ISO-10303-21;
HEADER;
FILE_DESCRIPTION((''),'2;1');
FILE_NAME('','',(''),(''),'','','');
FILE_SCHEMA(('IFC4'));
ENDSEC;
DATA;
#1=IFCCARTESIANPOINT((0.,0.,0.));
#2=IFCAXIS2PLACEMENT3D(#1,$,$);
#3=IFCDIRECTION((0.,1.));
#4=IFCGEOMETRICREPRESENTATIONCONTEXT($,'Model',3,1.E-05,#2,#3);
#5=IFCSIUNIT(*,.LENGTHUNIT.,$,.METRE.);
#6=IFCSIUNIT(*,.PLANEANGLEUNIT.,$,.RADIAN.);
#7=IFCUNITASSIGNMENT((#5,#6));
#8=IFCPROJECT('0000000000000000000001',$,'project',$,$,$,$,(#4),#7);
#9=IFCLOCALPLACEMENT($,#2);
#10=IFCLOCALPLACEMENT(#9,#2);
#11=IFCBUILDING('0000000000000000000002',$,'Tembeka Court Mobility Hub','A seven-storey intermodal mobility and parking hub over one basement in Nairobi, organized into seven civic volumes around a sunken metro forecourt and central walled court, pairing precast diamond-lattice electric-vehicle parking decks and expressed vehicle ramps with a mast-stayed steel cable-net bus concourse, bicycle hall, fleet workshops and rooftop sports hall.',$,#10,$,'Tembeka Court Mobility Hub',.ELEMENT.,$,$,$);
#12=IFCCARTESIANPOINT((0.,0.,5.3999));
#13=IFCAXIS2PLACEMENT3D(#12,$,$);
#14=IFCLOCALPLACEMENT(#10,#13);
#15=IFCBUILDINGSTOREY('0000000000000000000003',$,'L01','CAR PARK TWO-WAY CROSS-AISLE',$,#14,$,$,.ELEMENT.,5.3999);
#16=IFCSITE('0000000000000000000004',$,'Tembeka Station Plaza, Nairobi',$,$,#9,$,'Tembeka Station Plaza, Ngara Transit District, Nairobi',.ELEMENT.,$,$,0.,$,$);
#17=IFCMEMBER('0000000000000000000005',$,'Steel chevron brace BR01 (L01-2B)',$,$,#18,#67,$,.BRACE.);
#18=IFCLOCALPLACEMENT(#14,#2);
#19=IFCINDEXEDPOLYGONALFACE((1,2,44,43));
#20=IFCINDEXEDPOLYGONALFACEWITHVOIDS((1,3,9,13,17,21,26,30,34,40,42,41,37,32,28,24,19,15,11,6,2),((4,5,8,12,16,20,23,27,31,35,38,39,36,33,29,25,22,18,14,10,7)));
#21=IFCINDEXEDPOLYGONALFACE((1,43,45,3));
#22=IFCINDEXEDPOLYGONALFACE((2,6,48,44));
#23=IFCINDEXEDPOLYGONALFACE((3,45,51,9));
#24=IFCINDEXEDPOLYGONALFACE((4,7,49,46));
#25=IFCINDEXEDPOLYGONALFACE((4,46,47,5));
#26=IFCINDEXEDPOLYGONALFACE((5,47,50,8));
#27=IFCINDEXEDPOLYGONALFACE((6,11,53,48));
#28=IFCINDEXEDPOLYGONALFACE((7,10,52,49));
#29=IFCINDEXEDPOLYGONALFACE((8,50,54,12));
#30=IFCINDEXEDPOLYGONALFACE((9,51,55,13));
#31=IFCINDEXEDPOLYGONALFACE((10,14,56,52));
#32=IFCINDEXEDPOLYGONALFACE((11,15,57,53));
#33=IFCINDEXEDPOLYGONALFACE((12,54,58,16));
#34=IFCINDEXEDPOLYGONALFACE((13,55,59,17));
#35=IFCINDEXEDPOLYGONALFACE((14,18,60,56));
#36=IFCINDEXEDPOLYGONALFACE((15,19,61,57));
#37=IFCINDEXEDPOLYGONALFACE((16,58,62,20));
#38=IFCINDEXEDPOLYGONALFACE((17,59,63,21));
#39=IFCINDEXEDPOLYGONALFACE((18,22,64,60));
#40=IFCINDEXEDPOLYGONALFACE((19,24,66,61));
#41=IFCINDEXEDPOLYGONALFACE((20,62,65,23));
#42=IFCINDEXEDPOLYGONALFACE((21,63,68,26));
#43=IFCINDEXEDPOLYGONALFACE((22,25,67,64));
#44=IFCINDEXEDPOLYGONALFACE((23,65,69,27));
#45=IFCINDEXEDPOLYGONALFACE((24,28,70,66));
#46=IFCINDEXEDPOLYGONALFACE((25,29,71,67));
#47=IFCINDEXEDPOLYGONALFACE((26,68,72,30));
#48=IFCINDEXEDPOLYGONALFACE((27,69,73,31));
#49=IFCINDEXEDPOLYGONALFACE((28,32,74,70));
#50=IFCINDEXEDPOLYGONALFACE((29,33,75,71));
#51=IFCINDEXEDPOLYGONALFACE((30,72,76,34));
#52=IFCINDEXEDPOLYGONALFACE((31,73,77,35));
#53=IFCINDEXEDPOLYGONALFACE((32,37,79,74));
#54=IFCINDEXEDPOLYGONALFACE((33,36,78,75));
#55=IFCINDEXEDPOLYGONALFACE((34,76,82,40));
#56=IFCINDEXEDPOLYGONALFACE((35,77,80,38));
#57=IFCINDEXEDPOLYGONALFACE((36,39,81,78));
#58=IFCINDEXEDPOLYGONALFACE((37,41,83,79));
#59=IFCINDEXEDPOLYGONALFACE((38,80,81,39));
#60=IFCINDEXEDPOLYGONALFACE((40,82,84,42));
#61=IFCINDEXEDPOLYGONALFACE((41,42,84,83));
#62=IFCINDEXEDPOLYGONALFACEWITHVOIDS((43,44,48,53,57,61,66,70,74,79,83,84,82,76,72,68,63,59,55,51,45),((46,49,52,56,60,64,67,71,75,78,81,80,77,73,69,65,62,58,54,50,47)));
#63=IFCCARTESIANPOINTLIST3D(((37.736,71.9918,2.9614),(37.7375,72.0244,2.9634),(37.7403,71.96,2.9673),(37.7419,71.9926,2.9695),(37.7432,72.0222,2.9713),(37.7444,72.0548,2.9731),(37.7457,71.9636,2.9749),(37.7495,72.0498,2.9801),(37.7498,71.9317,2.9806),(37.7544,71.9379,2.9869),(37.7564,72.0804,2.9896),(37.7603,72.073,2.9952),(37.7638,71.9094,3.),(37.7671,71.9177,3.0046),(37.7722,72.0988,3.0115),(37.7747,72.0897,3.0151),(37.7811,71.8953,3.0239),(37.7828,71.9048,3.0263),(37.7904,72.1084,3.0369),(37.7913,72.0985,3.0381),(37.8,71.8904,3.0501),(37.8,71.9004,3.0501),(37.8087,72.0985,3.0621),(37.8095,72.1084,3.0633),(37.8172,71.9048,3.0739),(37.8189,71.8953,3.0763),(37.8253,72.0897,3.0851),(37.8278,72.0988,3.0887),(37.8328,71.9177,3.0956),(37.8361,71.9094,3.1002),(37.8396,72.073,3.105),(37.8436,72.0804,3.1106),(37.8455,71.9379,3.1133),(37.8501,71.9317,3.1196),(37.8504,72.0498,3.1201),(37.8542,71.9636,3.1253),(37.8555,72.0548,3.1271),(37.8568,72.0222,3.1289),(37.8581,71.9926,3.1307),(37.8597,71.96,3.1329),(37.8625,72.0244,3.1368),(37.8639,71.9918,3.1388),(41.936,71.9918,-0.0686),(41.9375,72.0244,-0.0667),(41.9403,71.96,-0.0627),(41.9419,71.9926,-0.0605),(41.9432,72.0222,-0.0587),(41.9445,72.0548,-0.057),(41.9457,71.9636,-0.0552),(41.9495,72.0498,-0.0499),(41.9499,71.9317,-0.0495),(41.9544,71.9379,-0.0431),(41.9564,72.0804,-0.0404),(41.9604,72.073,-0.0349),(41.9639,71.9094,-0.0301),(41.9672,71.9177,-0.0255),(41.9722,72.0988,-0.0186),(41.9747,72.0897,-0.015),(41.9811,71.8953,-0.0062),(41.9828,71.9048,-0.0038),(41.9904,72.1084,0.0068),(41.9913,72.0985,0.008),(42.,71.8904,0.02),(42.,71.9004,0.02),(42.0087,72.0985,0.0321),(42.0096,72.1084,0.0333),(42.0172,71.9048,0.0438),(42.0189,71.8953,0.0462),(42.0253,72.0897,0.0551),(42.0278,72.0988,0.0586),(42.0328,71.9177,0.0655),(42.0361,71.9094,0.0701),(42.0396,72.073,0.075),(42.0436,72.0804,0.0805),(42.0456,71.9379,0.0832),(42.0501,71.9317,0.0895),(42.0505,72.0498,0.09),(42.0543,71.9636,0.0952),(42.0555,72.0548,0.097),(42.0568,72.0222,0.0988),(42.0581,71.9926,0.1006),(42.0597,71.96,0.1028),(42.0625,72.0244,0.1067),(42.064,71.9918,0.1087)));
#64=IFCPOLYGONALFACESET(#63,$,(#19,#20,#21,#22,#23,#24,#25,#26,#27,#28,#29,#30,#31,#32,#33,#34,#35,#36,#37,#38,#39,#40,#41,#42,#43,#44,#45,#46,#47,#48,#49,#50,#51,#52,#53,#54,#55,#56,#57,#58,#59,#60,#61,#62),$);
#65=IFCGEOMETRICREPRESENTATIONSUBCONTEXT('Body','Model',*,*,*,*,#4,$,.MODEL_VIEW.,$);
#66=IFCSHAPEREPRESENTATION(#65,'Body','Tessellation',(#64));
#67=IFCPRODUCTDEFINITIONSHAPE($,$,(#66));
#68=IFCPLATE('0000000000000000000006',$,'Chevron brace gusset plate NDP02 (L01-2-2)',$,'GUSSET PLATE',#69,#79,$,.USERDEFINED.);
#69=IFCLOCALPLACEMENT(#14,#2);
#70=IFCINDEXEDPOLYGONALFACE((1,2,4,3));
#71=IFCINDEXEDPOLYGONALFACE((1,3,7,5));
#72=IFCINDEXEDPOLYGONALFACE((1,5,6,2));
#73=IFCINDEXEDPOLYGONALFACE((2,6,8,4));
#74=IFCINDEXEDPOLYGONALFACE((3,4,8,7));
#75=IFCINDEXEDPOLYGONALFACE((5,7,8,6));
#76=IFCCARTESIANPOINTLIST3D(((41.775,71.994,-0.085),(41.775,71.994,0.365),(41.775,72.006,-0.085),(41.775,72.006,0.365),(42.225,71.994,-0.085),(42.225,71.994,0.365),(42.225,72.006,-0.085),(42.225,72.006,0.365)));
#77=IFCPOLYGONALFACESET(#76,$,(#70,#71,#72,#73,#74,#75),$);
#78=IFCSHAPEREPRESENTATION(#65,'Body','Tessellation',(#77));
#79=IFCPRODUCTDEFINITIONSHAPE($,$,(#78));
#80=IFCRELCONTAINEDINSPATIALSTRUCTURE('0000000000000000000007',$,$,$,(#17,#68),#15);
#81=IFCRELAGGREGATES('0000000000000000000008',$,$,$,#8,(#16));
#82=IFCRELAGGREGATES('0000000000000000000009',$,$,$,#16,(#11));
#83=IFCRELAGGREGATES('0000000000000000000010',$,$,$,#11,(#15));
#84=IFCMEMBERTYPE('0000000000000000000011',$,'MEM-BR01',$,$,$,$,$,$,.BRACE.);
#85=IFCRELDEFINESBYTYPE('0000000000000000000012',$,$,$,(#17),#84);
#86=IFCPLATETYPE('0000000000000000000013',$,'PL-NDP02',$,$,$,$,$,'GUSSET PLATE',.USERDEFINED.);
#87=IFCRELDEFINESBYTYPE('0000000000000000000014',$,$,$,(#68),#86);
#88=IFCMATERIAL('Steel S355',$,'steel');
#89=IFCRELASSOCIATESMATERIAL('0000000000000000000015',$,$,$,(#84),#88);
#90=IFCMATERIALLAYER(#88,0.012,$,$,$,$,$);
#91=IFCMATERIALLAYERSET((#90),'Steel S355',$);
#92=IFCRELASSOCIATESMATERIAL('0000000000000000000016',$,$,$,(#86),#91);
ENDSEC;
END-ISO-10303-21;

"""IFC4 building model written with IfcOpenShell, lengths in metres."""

from ifc_helpers import new_model, si_unit, direction, frame, origin, origin_2d, place, context, subcontext, project, spatial, rectangle, hollow_circle, extrude, material, layer, layer_set, material_profile, profile_set, type_object, element, save


model = new_model("IFC4")

# Units and contexts
model_context = context("Model", 3, precision=1e-05, world=origin(), true_north=direction((0.0, 1.0)))
body_context = subcontext(model_context, "Body", "Model", "MODEL_VIEW")
ifc_project = project(units=[si_unit("LENGTHUNIT", "METRE"), si_unit("PLANEANGLEUNIT", "RADIAN")], contexts=[model_context])

# Site, building, storey
site_placement = place(None, origin())
site = spatial("IfcSite", under=ifc_project, at=site_placement, Name="Tembeka Station Plaza, Nairobi", LongName="Tembeka Station Plaza, Ngara Transit District, Nairobi", CompositionType="ELEMENT", RefElevation=0.0)
building_placement = place(site_placement, origin())
building = spatial("IfcBuilding", under=site, at=building_placement, Name="Tembeka Court Mobility Hub", Description="A seven-storey intermodal mobility and parking hub over one basement in Nairobi, organized into seven civic volumes around a sunken metro forecourt and central walled court, pairing precast diamond-lattice electric-vehicle parking decks and expressed vehicle ramps with a mast-stayed steel cable-net bus concourse, bicycle hall, fleet workshops and rooftop sports hall.", LongName="Tembeka Court Mobility Hub", CompositionType="ELEMENT")
storey_placement = place(building_placement, frame((0.0, 0.0, 5.3999)))
storey = spatial("IfcBuildingStorey", under=building, at=storey_placement, Name="L01", Description="CAR PARK TWO-WAY CROSS-AISLE", CompositionType="ELEMENT", Elevation=5.3999)

# Shared definitions
ifc_material = material(Name="Steel S355", Category="steel")

# Member
ifc_material_profile_1 = material_profile(ifc_material, hollow_circle(Radius=0.1096, WallThickness=0.01, at=origin_2d()), Name="CHS 219.1x10")
ifc_profile_set_1 = profile_set([ifc_material_profile_1], Name="Steel S355")
member_type = type_object("IfcMemberType", Name="MEM-BR01", PredefinedType="BRACE", material=ifc_profile_set_1)
member_placement = place(storey_placement, frame((42.0, 72.0, 0.02), z_axis=(-0.810979, 0.0, 0.585076), x_axis=(0.0, -1.0, 0.0)))
element("IfcMember", 1, at=member_placement, inside=storey, type_object=member_type, Name="Steel chevron brace BR01 (L01-2B)", PredefinedType="BRACE", context=body_context, shape_type="SweptSolid", body=[
    extrude(hollow_circle(Radius=0.1096, WallThickness=0.01, at=origin_2d()), origin(), (0.0, 0.0, 1.0), 5.179),
])

# Plate
ifc_layer = layer(ifc_material, 0.012)
ifc_layer_set = layer_set([ifc_layer], Name="Steel S355")
plate_type = type_object("IfcPlateType", Name="PL-NDP02", ElementType="GUSSET PLATE", PredefinedType="USERDEFINED", material=ifc_layer_set)
plate_placement = place(storey_placement, frame((42.0, 72.0, -0.085), z_axis=(0.0, 0.0, 1.0), x_axis=(1.0, 0.0, 0.0)))
element("IfcPlate", 2, at=plate_placement, inside=storey, type_object=plate_type, Name="Chevron brace gusset plate NDP02 (L01-2-2)", ObjectType="GUSSET PLATE", PredefinedType="USERDEFINED", context=body_context, shape_type="SweptSolid", body=[
    extrude(rectangle(XDim=0.45, YDim=0.012, at=origin_2d()), origin(), (0.0, 0.0, 1.0), 0.45),
])

save(model, "model.ifc")
